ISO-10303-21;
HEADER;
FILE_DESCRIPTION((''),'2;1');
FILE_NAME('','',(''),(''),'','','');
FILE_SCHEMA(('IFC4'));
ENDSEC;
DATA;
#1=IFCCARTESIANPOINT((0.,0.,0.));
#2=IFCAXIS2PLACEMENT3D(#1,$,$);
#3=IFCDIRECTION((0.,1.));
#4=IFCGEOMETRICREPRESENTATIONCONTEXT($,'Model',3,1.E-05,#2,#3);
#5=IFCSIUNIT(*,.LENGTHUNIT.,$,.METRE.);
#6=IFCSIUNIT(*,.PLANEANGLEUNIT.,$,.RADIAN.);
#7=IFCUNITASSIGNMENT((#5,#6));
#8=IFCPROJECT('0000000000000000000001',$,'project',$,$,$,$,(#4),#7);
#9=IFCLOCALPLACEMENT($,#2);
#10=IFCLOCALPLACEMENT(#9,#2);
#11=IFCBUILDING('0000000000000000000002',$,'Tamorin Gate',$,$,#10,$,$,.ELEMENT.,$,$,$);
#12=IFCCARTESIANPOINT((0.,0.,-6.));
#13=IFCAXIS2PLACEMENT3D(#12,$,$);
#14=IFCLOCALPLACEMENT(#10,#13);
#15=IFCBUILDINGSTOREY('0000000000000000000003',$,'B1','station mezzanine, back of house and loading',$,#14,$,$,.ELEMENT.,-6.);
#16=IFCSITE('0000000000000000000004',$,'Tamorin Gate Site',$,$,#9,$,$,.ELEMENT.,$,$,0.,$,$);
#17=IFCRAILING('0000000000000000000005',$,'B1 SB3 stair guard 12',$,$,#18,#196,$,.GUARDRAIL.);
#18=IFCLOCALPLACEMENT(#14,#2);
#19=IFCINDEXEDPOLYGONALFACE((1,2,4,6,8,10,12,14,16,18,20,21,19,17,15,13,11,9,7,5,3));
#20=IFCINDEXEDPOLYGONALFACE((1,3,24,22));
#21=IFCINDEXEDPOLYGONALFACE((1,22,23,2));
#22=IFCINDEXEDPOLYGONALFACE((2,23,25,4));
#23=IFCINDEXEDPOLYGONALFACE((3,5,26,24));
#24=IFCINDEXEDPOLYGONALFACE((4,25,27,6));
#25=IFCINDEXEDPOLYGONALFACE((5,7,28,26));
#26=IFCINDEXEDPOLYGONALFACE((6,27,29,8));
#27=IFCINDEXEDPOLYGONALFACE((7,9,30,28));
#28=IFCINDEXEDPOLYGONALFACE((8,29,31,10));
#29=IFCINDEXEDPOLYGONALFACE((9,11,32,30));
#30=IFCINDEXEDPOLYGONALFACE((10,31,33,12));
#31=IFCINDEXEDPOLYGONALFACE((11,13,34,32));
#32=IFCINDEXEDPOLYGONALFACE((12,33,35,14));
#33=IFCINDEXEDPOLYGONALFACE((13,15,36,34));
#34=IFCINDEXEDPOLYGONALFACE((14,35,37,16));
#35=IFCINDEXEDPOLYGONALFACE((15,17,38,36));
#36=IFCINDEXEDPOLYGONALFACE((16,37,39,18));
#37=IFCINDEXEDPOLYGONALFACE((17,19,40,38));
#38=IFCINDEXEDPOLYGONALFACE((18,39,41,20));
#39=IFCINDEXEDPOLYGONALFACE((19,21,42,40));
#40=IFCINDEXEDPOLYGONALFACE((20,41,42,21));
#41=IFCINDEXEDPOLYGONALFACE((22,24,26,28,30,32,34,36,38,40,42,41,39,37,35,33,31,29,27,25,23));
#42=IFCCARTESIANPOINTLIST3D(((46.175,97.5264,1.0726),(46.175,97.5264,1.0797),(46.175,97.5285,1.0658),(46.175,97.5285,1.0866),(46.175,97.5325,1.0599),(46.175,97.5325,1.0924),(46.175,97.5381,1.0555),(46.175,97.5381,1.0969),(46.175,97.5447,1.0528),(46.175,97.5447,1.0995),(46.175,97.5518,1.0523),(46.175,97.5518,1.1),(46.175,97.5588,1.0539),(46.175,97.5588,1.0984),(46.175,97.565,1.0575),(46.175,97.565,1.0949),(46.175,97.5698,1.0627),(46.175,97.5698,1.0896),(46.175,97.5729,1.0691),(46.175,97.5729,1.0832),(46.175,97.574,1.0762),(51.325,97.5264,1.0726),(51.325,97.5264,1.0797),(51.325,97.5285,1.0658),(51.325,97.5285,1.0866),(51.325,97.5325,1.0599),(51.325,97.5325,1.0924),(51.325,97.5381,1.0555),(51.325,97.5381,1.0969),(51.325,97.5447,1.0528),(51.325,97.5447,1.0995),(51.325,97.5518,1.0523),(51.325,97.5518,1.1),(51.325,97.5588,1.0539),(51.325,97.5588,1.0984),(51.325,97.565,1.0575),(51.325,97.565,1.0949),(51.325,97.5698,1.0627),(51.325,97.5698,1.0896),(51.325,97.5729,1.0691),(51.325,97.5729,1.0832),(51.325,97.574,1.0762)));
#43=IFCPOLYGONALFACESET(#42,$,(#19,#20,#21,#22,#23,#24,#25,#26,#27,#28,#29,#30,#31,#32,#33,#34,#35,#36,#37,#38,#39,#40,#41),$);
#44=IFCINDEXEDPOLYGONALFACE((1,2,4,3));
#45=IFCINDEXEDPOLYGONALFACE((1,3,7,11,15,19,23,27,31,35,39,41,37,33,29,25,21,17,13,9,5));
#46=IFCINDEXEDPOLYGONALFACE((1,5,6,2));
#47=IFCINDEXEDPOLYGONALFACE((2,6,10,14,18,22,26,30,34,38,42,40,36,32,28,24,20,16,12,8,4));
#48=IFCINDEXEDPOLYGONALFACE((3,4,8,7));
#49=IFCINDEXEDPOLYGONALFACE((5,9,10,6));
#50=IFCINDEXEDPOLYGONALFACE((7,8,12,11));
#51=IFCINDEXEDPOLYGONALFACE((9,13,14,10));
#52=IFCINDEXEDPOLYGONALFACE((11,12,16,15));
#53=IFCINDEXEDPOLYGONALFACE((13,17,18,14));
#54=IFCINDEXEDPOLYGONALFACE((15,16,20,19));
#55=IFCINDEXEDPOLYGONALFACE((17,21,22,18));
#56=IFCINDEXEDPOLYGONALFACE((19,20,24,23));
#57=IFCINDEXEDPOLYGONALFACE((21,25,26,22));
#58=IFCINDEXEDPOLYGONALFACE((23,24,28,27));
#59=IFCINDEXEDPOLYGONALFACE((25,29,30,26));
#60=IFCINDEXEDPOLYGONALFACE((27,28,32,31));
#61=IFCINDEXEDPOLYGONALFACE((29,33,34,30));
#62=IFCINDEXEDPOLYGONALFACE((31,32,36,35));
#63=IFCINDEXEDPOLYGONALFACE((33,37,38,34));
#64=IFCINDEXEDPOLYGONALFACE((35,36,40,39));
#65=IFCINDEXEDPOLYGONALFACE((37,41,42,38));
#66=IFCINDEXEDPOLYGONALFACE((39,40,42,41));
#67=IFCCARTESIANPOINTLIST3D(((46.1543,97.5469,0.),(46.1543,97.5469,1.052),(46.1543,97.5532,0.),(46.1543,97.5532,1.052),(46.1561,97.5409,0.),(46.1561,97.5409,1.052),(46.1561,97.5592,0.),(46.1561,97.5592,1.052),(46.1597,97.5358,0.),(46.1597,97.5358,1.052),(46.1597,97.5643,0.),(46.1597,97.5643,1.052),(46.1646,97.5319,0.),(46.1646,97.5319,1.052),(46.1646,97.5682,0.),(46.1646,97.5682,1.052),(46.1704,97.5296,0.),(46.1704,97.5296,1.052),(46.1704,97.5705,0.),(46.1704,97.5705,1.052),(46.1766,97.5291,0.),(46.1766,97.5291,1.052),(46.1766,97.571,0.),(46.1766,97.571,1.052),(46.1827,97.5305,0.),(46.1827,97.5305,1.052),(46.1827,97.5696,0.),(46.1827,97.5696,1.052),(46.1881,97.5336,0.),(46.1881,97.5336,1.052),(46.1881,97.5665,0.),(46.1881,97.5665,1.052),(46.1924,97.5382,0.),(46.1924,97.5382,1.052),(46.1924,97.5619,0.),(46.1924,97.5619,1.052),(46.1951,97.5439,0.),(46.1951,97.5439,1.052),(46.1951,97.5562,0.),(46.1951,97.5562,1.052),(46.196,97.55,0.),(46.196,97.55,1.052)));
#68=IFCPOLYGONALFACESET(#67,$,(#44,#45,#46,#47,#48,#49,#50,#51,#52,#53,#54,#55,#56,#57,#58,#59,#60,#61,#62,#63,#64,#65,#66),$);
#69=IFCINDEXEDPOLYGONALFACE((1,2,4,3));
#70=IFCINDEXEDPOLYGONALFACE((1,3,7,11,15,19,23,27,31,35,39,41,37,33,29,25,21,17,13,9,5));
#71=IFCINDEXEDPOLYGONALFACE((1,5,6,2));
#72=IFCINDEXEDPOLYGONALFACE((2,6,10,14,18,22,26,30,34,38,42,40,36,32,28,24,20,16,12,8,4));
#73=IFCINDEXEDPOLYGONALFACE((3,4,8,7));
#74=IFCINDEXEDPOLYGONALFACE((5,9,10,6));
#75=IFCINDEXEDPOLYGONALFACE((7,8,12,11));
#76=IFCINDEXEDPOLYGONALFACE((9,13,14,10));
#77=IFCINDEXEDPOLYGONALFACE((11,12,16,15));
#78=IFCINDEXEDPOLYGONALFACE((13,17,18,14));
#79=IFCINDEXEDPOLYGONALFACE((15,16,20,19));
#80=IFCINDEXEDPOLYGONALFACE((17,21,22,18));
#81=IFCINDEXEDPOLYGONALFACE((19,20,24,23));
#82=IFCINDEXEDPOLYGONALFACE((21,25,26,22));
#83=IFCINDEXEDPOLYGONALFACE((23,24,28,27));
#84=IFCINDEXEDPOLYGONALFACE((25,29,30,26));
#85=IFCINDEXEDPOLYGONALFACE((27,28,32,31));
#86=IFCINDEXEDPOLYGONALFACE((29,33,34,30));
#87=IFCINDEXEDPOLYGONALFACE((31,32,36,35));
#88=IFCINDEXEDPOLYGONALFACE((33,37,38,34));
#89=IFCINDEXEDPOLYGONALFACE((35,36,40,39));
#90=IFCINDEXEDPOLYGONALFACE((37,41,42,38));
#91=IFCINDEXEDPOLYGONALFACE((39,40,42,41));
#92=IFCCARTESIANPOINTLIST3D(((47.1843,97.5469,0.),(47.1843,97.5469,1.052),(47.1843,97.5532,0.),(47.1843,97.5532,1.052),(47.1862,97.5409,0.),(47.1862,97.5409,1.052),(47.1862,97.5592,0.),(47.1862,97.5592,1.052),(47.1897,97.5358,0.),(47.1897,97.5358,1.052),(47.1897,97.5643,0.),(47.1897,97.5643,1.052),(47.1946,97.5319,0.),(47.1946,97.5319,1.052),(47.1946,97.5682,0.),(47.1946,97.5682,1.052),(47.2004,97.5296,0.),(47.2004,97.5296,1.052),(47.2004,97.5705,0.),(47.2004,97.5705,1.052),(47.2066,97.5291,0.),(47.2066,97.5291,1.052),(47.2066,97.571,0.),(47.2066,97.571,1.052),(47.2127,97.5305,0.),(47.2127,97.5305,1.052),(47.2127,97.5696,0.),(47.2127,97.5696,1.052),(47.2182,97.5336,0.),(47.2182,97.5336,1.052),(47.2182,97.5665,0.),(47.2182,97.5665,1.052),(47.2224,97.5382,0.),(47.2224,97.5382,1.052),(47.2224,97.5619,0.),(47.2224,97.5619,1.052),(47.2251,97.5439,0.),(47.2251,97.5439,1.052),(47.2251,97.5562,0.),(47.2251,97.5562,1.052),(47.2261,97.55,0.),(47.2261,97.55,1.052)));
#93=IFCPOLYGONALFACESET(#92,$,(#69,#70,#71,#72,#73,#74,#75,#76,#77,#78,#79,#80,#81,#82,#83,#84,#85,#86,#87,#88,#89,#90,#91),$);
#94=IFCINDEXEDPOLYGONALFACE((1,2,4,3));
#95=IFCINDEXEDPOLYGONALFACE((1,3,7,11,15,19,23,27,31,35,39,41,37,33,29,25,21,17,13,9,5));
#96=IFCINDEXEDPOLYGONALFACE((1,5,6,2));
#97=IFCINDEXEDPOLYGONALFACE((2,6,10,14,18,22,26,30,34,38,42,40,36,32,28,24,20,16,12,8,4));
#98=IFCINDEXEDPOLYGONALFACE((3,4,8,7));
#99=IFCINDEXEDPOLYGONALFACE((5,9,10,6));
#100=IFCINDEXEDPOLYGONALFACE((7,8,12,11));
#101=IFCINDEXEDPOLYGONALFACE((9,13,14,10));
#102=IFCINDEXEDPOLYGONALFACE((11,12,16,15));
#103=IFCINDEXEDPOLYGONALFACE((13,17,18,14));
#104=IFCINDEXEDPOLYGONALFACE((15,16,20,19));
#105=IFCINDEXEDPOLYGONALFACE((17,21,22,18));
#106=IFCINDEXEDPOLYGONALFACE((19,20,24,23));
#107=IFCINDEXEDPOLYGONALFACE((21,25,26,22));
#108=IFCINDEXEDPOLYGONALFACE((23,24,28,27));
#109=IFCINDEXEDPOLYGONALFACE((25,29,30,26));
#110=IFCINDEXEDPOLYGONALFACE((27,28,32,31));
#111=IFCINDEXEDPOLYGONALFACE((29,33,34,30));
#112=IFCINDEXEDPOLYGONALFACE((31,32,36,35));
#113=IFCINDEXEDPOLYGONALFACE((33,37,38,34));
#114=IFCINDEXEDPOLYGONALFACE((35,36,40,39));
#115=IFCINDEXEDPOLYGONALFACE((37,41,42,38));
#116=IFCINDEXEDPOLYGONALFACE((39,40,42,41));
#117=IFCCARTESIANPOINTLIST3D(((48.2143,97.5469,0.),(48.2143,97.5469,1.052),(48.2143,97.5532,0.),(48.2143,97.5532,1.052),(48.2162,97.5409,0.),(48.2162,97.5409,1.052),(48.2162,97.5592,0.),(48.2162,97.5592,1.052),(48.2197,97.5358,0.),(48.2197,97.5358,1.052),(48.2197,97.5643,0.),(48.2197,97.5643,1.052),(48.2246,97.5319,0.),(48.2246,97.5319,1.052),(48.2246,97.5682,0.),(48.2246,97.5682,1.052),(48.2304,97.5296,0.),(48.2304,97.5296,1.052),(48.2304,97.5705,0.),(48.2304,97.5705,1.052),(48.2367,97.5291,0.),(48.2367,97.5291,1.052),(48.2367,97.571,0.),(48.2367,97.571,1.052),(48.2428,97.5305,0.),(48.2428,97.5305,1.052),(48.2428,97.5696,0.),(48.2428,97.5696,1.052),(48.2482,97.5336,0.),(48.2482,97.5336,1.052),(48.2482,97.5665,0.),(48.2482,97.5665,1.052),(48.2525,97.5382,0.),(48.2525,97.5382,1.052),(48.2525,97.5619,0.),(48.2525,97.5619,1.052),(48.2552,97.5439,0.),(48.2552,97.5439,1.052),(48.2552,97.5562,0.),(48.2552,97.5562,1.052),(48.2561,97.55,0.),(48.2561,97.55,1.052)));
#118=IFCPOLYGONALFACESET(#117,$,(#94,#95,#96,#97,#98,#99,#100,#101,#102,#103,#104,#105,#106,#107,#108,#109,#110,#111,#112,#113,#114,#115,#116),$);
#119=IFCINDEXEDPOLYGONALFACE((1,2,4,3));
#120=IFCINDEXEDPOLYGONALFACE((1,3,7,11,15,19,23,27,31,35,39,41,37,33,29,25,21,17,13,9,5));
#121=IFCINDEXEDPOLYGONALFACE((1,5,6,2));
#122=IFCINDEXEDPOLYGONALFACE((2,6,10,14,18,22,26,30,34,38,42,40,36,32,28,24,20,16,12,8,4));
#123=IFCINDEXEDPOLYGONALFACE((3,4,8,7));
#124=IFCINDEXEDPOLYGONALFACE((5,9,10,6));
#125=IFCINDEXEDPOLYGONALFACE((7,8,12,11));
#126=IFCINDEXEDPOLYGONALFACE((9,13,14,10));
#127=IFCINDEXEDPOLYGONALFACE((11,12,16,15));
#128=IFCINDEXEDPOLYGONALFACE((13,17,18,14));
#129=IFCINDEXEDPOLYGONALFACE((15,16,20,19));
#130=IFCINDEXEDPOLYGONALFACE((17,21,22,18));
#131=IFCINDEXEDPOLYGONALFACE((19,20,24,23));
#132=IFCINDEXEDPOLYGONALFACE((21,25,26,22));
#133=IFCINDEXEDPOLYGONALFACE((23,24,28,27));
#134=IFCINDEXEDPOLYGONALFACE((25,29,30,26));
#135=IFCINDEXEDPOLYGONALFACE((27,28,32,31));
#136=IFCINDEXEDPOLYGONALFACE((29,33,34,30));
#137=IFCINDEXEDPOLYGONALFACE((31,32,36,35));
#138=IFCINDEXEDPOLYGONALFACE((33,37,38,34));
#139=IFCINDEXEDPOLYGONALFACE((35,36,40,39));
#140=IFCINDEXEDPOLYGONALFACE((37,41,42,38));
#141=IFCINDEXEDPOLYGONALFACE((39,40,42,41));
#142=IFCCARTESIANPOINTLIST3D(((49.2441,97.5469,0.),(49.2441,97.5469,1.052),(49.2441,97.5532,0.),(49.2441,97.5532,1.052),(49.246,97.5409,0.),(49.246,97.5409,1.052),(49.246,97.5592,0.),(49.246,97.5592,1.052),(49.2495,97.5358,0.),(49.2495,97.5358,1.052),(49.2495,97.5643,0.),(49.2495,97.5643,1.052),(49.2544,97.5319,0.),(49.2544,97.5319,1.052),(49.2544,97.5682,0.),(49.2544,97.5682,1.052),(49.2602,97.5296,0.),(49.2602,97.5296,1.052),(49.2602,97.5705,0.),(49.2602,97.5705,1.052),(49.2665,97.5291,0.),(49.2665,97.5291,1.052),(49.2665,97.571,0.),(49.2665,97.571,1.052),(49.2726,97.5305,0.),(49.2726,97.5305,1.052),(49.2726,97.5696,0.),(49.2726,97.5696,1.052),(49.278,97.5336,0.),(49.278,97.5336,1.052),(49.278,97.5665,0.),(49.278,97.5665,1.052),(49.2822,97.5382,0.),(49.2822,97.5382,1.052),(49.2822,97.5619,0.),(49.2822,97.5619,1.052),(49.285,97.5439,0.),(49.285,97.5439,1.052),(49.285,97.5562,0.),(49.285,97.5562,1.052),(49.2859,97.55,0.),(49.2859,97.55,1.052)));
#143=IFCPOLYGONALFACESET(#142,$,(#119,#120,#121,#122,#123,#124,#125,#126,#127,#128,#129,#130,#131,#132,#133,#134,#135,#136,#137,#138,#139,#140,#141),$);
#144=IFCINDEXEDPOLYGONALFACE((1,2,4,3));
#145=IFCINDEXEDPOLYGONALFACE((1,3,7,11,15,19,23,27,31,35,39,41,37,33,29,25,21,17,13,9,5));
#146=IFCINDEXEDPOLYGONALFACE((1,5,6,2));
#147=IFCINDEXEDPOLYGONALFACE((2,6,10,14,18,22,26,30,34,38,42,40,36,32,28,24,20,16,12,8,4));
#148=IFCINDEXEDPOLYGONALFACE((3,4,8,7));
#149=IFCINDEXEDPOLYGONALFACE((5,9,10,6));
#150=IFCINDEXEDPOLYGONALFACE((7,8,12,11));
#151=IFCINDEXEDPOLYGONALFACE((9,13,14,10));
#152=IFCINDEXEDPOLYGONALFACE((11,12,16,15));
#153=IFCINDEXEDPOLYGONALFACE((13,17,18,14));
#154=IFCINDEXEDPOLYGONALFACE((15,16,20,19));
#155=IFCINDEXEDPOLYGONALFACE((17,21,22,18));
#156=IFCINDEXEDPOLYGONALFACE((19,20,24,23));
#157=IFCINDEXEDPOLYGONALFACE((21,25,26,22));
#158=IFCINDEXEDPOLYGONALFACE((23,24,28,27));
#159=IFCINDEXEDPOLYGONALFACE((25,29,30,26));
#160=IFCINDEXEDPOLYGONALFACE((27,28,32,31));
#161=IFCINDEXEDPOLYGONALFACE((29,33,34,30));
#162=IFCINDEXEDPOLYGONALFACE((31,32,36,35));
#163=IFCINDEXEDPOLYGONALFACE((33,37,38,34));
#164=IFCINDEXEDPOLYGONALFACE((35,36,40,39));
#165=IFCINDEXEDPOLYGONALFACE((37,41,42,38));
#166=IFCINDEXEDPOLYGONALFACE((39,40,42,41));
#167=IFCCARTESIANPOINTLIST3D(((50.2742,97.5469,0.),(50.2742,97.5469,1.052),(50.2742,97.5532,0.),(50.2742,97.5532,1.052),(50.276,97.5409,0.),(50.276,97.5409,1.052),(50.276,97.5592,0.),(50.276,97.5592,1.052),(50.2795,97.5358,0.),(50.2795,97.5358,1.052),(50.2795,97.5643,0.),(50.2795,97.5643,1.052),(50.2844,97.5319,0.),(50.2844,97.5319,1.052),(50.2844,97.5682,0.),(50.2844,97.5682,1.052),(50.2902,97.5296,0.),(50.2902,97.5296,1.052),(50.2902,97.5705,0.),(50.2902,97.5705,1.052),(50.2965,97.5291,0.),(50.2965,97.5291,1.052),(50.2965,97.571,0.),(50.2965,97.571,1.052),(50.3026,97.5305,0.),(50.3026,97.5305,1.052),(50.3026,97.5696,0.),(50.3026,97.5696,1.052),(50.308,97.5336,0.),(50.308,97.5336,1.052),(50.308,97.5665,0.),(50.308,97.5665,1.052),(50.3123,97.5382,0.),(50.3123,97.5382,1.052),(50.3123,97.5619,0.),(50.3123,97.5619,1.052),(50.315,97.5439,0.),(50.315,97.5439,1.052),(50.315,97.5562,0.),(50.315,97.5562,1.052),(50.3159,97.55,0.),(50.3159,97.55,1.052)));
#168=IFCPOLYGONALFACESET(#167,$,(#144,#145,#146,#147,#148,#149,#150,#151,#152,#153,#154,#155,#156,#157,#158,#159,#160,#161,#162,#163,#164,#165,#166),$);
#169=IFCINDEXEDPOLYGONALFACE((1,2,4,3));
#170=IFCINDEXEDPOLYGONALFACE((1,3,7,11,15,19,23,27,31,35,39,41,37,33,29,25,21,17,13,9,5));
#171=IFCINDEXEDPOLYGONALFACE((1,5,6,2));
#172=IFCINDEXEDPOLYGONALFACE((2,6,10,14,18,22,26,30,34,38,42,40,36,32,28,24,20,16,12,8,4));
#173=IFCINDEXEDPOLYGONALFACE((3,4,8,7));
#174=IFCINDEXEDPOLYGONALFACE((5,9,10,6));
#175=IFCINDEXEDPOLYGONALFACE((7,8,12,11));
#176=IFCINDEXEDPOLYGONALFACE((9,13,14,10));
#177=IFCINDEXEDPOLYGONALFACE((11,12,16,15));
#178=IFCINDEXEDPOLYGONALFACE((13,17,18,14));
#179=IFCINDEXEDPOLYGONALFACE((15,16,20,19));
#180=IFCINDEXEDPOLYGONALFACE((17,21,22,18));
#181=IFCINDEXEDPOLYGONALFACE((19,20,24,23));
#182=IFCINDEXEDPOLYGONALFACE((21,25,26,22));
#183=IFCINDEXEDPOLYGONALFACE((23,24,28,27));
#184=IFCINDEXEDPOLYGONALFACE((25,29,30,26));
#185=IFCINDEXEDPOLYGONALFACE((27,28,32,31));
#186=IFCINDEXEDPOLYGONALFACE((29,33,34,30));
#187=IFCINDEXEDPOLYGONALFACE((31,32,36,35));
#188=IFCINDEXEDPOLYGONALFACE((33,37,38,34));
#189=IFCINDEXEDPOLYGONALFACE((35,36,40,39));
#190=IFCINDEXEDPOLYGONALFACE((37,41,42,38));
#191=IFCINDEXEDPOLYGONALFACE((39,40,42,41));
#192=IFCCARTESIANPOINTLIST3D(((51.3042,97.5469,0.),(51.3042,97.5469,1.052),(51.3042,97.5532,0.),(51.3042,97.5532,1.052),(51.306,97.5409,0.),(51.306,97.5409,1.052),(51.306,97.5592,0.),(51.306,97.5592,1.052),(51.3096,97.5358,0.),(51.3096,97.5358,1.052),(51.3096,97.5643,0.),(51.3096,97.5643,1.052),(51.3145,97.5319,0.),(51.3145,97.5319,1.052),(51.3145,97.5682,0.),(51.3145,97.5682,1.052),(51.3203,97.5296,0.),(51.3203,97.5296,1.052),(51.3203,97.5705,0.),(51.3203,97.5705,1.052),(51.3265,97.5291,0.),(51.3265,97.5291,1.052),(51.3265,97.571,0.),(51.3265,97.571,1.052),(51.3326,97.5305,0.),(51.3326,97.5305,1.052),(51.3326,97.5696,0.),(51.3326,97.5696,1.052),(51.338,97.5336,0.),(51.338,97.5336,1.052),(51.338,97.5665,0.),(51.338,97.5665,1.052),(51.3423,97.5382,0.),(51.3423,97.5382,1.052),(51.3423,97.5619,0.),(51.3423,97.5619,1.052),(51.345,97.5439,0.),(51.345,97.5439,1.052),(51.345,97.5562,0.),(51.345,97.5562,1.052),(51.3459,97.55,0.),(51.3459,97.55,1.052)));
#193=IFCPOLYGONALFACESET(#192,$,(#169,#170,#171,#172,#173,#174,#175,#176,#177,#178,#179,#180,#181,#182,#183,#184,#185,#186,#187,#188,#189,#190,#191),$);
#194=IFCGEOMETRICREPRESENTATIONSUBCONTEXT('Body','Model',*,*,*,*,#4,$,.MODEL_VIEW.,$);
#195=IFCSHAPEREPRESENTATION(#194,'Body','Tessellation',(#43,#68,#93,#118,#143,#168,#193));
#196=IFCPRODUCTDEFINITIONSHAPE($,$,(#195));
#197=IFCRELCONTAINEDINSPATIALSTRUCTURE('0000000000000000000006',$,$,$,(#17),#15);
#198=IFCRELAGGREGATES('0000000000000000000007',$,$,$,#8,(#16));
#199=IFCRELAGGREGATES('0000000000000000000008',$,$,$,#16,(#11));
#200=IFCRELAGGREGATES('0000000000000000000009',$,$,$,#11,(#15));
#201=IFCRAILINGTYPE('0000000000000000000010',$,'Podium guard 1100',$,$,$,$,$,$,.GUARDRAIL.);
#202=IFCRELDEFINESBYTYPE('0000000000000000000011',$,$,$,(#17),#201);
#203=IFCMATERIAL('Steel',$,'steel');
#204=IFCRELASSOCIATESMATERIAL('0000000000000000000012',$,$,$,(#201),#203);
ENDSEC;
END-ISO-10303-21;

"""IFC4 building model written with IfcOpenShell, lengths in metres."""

from ifc_helpers import new_model, si_unit, direction, frame, origin, origin_2d, place, context, subcontext, project, spatial, circle, extrude, material, type_object, element, save


model = new_model("IFC4")

# Units and contexts
model_context = context("Model", 3, precision=1e-05, world=origin(), true_north=direction((0.0, 1.0)))
body_context = subcontext(model_context, "Body", "Model", "MODEL_VIEW")
ifc_project = project(units=[si_unit("LENGTHUNIT", "METRE"), si_unit("PLANEANGLEUNIT", "RADIAN")], contexts=[model_context])

# Site, building, storey
site_placement = place(None, origin())
site = spatial("IfcSite", under=ifc_project, at=site_placement, Name="Tamorin Gate Site", CompositionType="ELEMENT", RefElevation=0.0)
building_placement = place(site_placement, origin())
building = spatial("IfcBuilding", under=site, at=building_placement, Name="Tamorin Gate", CompositionType="ELEMENT")
storey_placement = place(building_placement, frame((0.0, 0.0, -6.0)))
storey = spatial("IfcBuildingStorey", under=building, at=storey_placement, Name="B1", Description="station mezzanine, back of house and loading", CompositionType="ELEMENT", Elevation=-6.0)

# Railing
ifc_material_1 = material(Name="Steel", Category="steel")
railing_type_1 = type_object("IfcRailingType", Name="Podium guard 1100", PredefinedType="GUARDRAIL", material=ifc_material_1)
railing_1_placement = place(storey_placement, frame((46.175, 97.55, 0.0)))
element("IfcRailing", 1, at=railing_1_placement, inside=storey, type_object=railing_type_1, Name="B1 SB3 stair guard 12", PredefinedType="GUARDRAIL", context=body_context, shape_type="SweptSolid", body=[
    extrude(circle(Radius=0.0239, at=origin_2d()), frame((0.0, 0.0, 1.0762), z_axis=(1.0, 0.0, 0.0), x_axis=(0.0, 1.0, 0.0)), (0.0, 0.0, 1.0), 5.1499),
    extrude(circle(Radius=0.021, at=origin_2d()), origin(), (0.0, 0.0, 1.0), 1.052),
    extrude(circle(Radius=0.021, at=origin_2d()), frame((1.03, 0.0, 0.0)), (0.0, 0.0, 1.0), 1.052),
    extrude(circle(Radius=0.021, at=origin_2d()), frame((2.0601, 0.0, 0.0)), (0.0, 0.0, 1.0), 1.052),
    extrude(circle(Radius=0.021, at=origin_2d()), frame((3.0898, 0.0, 0.0)), (0.0, 0.0, 1.0), 1.052),
    extrude(circle(Radius=0.021, at=origin_2d()), frame((4.1199, 0.0, 0.0)), (0.0, 0.0, 1.0), 1.052),
    extrude(circle(Radius=0.021, at=origin_2d()), frame((5.1499, 0.0, 0.0)), (0.0, 0.0, 1.0), 1.052),
])

save(model, "model.ifc")
